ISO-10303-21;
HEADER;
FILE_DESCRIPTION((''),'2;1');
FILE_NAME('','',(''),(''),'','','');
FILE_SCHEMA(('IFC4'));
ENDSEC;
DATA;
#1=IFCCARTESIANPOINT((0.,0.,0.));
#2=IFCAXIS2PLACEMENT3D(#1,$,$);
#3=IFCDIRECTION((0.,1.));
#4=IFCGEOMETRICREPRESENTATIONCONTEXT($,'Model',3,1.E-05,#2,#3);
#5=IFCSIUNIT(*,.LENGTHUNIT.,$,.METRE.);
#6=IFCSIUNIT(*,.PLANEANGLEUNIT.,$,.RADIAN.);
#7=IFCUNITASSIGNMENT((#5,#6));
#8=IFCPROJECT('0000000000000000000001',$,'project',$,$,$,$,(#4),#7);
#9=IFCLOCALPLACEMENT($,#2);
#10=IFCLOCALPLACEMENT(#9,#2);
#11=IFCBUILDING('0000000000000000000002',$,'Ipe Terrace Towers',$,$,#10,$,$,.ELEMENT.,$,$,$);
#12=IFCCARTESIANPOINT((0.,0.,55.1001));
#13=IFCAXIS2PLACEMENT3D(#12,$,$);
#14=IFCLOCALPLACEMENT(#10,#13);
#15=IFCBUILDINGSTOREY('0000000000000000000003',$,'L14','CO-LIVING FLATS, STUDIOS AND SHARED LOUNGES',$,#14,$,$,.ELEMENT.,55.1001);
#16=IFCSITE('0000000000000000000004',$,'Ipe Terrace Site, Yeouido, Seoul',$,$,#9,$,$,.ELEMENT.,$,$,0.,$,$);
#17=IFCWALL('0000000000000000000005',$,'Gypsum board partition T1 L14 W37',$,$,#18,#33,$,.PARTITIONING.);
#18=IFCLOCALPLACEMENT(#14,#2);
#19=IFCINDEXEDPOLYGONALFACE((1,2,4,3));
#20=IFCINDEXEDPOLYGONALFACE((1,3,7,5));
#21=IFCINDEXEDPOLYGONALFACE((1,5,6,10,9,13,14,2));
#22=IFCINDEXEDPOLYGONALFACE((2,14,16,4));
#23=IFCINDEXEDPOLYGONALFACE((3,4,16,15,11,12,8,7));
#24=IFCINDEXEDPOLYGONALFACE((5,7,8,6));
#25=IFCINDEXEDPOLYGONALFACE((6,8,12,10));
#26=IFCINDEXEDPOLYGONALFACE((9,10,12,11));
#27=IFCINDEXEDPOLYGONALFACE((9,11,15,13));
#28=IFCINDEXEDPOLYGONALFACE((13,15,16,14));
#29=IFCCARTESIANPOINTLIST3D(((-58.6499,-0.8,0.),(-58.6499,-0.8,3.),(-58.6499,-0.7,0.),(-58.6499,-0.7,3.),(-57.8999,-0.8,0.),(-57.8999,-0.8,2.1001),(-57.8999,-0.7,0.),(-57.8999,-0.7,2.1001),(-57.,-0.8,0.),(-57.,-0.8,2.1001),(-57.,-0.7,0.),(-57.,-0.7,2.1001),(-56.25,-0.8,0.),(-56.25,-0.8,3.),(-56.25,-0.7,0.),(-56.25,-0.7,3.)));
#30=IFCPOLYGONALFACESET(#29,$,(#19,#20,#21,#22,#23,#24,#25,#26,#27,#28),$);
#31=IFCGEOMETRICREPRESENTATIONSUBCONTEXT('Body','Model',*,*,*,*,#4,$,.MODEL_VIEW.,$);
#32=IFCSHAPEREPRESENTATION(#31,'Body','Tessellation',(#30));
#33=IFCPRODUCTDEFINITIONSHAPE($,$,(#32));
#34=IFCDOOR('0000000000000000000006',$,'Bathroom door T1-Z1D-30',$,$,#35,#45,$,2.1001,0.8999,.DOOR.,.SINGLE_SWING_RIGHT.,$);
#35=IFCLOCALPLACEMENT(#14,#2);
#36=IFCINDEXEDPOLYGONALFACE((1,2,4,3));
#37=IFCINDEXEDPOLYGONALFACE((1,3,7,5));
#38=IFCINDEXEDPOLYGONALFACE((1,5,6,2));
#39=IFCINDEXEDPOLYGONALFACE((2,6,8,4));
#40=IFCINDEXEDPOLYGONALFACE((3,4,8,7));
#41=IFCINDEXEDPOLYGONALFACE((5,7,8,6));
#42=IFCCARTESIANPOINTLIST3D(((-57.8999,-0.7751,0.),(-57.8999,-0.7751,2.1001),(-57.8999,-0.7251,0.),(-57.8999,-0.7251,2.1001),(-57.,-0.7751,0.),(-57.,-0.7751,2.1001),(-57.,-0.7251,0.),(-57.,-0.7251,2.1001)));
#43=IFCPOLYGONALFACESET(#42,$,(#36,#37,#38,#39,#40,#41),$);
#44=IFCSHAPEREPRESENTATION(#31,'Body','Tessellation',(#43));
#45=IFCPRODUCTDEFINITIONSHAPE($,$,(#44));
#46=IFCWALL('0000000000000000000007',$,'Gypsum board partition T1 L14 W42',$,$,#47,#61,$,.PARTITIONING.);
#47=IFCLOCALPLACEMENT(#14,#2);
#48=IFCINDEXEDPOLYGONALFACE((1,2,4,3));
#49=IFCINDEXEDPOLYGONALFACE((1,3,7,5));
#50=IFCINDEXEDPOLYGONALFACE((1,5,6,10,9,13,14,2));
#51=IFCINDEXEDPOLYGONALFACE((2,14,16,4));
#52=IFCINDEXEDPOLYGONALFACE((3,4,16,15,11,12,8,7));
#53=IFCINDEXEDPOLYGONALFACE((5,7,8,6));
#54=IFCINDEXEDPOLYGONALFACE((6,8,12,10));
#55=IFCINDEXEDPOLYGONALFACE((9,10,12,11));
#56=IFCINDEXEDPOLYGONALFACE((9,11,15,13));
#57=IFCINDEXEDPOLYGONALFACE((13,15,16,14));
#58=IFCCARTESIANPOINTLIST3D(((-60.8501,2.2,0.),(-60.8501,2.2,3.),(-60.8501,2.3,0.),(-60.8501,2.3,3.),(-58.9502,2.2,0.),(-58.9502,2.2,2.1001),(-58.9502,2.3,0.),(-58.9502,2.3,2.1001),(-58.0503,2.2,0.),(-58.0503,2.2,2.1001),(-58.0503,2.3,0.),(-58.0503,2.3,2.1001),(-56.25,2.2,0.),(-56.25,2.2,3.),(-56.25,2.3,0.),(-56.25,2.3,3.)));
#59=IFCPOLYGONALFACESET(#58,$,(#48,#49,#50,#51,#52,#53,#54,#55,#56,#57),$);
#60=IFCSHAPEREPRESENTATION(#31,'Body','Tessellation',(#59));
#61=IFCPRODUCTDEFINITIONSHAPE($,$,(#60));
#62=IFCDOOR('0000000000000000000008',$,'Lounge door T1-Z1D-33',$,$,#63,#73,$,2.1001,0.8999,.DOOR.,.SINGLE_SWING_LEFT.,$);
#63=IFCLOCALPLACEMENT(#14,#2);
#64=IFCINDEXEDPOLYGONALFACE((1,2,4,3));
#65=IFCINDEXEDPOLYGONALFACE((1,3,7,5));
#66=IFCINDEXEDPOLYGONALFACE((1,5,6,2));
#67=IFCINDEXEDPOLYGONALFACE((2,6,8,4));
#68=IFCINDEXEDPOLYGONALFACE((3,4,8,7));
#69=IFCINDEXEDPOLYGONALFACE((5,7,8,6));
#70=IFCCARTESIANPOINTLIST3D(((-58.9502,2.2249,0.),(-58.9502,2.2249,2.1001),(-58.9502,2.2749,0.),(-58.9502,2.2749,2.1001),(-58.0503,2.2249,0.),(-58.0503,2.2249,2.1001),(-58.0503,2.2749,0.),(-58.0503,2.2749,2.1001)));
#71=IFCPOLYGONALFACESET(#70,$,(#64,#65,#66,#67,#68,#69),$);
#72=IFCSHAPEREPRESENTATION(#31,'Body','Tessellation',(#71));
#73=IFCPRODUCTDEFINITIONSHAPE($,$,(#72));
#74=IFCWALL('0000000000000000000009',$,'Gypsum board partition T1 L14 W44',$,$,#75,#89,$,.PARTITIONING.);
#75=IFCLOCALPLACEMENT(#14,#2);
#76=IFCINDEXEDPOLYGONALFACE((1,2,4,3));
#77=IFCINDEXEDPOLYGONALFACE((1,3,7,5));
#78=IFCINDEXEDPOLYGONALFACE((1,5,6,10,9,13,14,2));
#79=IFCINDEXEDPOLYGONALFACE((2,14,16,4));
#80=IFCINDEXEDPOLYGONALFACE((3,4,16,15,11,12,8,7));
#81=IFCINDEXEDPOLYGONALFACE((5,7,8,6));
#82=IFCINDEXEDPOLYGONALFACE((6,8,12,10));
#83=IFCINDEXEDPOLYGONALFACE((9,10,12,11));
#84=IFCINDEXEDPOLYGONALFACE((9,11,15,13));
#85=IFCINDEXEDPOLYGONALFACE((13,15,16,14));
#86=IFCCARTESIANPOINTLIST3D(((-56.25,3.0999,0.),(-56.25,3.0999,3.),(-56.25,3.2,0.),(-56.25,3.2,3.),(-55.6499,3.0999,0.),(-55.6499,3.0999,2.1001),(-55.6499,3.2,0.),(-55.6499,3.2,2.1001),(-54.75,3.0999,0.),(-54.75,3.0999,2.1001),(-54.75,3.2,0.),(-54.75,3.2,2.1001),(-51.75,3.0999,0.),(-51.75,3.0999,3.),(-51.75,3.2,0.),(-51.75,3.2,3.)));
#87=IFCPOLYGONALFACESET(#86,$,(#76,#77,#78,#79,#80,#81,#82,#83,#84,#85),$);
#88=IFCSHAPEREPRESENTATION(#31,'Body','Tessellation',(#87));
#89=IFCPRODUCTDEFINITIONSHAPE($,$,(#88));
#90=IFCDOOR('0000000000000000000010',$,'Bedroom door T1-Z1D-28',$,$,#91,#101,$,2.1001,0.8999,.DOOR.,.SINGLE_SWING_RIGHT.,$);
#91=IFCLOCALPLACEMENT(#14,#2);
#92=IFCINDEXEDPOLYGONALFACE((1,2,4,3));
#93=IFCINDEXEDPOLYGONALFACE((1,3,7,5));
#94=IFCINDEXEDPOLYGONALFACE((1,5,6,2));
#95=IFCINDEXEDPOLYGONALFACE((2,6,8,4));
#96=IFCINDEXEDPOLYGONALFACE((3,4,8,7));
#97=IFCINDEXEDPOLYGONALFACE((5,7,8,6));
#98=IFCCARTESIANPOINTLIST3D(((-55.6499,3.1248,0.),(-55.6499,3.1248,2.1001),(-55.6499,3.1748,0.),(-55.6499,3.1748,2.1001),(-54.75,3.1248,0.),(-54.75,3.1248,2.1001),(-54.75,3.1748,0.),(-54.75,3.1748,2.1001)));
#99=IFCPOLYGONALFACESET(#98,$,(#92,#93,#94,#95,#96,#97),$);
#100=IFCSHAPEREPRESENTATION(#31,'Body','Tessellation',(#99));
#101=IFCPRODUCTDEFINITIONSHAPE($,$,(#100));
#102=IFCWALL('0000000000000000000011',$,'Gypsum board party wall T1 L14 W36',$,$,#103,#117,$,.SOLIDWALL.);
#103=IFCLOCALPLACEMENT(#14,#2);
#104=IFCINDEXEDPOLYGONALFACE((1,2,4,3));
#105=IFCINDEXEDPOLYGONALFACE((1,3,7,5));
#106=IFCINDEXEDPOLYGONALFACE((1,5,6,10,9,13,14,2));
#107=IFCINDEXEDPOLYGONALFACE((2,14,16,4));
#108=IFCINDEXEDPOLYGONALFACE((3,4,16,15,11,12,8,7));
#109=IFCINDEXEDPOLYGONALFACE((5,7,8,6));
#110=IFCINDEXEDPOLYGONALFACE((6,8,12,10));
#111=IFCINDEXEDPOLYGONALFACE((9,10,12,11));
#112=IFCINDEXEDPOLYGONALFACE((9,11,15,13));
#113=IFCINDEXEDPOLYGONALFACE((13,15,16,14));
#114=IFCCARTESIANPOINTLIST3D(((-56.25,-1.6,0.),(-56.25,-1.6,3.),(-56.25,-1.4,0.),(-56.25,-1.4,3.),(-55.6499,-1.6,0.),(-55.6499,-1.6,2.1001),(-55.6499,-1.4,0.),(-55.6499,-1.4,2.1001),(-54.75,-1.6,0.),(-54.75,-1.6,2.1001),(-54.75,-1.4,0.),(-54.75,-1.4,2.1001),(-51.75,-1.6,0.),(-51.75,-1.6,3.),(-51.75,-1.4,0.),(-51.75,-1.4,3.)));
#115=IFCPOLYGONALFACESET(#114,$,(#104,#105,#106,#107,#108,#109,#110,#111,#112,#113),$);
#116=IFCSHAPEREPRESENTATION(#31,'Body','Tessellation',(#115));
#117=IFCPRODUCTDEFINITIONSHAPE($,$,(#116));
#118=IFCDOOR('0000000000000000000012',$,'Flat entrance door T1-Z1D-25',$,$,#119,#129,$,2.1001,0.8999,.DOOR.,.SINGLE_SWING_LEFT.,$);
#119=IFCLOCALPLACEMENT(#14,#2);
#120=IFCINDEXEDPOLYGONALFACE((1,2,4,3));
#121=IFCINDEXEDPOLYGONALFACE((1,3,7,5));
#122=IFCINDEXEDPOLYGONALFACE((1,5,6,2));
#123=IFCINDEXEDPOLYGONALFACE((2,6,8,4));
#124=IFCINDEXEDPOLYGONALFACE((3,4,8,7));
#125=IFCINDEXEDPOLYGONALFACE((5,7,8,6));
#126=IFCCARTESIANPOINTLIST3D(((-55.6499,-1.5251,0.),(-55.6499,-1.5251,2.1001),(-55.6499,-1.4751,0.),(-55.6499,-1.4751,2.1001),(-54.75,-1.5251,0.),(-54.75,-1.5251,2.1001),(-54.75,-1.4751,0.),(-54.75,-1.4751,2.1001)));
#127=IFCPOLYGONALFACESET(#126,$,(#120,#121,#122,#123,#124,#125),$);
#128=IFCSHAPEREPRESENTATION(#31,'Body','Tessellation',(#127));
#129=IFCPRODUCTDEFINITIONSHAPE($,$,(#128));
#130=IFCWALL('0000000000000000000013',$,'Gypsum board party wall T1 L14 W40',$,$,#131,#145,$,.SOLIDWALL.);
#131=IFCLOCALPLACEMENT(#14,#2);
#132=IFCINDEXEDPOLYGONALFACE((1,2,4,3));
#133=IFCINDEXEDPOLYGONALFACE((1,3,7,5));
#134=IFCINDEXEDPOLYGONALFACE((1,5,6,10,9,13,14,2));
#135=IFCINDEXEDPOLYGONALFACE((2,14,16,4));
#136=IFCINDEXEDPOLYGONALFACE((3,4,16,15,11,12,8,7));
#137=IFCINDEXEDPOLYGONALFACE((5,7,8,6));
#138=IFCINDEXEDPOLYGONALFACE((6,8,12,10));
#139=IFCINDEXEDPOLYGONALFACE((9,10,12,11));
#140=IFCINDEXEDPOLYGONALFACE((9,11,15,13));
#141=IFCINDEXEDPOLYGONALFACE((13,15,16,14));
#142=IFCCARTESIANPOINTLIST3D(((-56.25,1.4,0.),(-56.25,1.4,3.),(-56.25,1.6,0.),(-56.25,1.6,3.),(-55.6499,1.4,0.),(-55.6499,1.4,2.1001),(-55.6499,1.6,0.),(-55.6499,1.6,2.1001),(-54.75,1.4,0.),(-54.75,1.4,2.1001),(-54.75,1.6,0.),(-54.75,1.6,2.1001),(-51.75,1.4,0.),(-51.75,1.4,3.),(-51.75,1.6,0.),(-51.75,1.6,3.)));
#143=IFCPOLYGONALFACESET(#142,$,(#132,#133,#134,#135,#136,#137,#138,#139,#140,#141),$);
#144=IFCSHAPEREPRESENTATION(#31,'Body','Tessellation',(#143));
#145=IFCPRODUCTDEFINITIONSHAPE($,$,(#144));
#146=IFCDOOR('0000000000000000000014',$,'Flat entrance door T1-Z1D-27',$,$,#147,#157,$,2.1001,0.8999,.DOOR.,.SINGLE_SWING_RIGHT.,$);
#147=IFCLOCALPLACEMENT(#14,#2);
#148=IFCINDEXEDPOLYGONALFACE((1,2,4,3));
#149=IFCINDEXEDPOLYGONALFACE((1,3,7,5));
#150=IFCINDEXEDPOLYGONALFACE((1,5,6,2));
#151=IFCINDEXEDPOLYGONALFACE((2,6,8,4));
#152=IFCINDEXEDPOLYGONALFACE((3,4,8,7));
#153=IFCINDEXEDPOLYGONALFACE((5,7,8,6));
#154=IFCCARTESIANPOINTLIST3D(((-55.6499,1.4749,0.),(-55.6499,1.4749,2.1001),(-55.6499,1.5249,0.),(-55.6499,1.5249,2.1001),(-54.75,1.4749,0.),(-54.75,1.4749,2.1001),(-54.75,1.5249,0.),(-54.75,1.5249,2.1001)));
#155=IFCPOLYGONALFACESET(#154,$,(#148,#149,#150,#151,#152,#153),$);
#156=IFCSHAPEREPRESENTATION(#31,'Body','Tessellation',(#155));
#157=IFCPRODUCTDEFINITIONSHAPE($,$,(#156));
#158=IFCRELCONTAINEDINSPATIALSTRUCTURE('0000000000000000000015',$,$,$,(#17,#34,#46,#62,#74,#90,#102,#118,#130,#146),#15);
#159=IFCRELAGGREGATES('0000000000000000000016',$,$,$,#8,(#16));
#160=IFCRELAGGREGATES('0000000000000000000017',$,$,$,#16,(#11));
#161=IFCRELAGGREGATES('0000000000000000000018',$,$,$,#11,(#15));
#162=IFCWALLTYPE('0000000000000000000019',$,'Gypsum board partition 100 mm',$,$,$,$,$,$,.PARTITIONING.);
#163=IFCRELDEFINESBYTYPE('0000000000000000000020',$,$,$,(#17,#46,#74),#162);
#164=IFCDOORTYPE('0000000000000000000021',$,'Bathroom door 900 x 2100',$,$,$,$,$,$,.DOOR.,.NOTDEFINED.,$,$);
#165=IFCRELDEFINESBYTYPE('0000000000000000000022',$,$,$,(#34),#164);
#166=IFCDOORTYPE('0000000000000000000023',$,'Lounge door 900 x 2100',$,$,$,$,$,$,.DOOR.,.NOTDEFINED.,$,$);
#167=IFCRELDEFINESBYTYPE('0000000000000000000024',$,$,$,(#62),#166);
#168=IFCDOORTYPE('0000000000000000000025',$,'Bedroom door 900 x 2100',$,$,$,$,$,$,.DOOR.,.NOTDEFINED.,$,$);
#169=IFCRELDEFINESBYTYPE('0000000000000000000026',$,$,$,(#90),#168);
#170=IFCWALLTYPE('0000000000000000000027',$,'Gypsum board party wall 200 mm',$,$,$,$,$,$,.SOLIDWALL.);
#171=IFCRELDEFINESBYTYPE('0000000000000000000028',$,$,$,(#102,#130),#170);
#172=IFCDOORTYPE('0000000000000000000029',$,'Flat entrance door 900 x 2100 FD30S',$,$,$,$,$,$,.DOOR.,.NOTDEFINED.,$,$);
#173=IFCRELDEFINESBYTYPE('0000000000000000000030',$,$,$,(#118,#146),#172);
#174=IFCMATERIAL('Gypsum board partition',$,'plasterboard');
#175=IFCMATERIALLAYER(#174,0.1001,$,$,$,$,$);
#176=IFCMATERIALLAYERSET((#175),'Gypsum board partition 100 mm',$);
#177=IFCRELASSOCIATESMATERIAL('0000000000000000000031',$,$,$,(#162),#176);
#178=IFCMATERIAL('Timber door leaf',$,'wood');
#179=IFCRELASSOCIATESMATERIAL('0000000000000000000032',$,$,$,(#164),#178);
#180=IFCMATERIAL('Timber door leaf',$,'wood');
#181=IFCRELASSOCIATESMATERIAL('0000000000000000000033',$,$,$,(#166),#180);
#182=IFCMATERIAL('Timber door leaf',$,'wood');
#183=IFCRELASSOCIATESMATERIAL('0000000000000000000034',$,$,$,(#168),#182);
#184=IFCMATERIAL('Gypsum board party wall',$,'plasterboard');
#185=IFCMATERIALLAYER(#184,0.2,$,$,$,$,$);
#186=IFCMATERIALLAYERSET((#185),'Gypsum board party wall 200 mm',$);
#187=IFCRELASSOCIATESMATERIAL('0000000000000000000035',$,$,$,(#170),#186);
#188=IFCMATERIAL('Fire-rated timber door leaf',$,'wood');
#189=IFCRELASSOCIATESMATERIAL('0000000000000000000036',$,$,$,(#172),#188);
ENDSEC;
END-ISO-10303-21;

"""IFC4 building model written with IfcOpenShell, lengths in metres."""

from ifc_helpers import new_model, si_unit, direction, frame, frame_2d, origin, place, context, subcontext, project, spatial, rectangle, extrude, material, layer, layer_set, type_object, element, fill, save


model = new_model("IFC4")

# Units and contexts
model_context = context("Model", 3, precision=1e-05, world=origin(), true_north=direction((0.0, 1.0)))
body_context = subcontext(model_context, "Body", "Model", "MODEL_VIEW")
ifc_project = project(units=[si_unit("LENGTHUNIT", "METRE"), si_unit("PLANEANGLEUNIT", "RADIAN")], contexts=[model_context])

# Site, building, storey
site_placement = place(None, origin())
site = spatial("IfcSite", under=ifc_project, at=site_placement, Name="Ipe Terrace Site, Yeouido, Seoul", CompositionType="ELEMENT", RefElevation=0.0)
building_placement = place(site_placement, origin())
building = spatial("IfcBuilding", under=site, at=building_placement, Name="Ipe Terrace Towers", CompositionType="ELEMENT")
storey_placement = place(building_placement, frame((0.0, 0.0, 55.1001)))
storey = spatial("IfcBuildingStorey", under=building, at=storey_placement, Name="L14", Description="CO-LIVING FLATS, STUDIOS AND SHARED LOUNGES", CompositionType="ELEMENT", Elevation=55.1001)

# Walls, openings, doors
ifc_material_1 = material(Name="Gypsum board partition", Category="plasterboard")
ifc_layer_1 = layer(ifc_material_1, 0.1001)
ifc_layer_set_1 = layer_set([ifc_layer_1], Name="Gypsum board partition 100 mm")
wall_type_1 = type_object("IfcWallType", Name="Gypsum board partition 100 mm", PredefinedType="PARTITIONING", material=ifc_layer_set_1)
wall_1_placement = place(storey_placement, frame((-58.6499, -0.75, 0.0), z_axis=(0.0, 0.0, 1.0), x_axis=(1.0, 0.0, 0.0)))
wall_1 = element("IfcWall", 1, at=wall_1_placement, inside=storey, type_object=wall_type_1, Name="Gypsum board partition T1 L14 W37", PredefinedType="PARTITIONING", context=body_context, shape_type="SweptSolid", body=[
    extrude(rectangle(XDim=2.3999, YDim=0.1001, at=frame_2d((1.2, 0.0))), origin(), (0.0, 0.0, 1.0), 3.0),
])
opening_1_placement = place(wall_1_placement, frame((0.75, 0.0, 0.0)))
opening_1 = element("IfcOpeningElement", 2, at=opening_1_placement, cuts=wall_1, PredefinedType="OPENING", context=body_context, shape_type="SweptSolid", body=[
    extrude(rectangle(XDim=0.8999, YDim=2.1001, at=frame_2d((0.45, 1.05))), frame((0.0, 0.0601, 0.0), z_axis=(0.0, -1.0, 0.0), x_axis=(1.0, 0.0, 0.0)), (0.0, 0.0, 1.0), 0.1201),
])
ifc_material_2 = material(Name="Timber door leaf", Category="wood")
door_type_1 = type_object("IfcDoorType", Name="Bathroom door 900 x 2100", OperationType="NOTDEFINED", PredefinedType="DOOR", material=ifc_material_2)
door_1_placement = place(opening_1_placement, origin())
door_1 = element("IfcDoor", 3, at=door_1_placement, inside=storey, type_object=door_type_1, Name="Bathroom door T1-Z1D-30", OperationType="SINGLE_SWING_RIGHT", OverallHeight=2.1001, OverallWidth=0.8999, PredefinedType="DOOR", context=body_context, shape_type="SweptSolid", body=[
    extrude(rectangle(XDim=0.8999, YDim=2.1001, at=frame_2d((0.45, 1.05))), frame((0.0, 0.0249, 0.0), z_axis=(0.0, -1.0, 0.0), x_axis=(1.0, 0.0, 0.0)), (0.0, 0.0, 1.0), 0.05),
])
fill(opening_1, door_1)
wall_2_placement = place(storey_placement, frame((-60.8501, 2.25, 0.0), z_axis=(0.0, 0.0, 1.0), x_axis=(1.0, 0.0, 0.0)))
wall_2 = element("IfcWall", 4, at=wall_2_placement, inside=storey, type_object=wall_type_1, Name="Gypsum board partition T1 L14 W42", PredefinedType="PARTITIONING", context=body_context, shape_type="SweptSolid", body=[
    extrude(rectangle(XDim=4.6001, YDim=0.1001, at=frame_2d((2.3, 0.0))), origin(), (0.0, 0.0, 1.0), 3.0),
])
opening_2_placement = place(wall_2_placement, frame((1.8999, 0.0, 0.0)))
opening_2 = element("IfcOpeningElement", 5, at=opening_2_placement, cuts=wall_2, PredefinedType="OPENING", context=body_context, shape_type="SweptSolid", body=[
    extrude(rectangle(XDim=0.8999, YDim=2.1001, at=frame_2d((0.45, 1.05))), frame((0.0, 0.0601, 0.0), z_axis=(0.0, -1.0, 0.0), x_axis=(1.0, 0.0, 0.0)), (0.0, 0.0, 1.0), 0.1201),
])
ifc_material_3 = material(Name="Timber door leaf", Category="wood")
door_type_2 = type_object("IfcDoorType", Name="Lounge door 900 x 2100", OperationType="NOTDEFINED", PredefinedType="DOOR", material=ifc_material_3)
door_2_placement = place(opening_2_placement, origin())
door_2 = element("IfcDoor", 6, at=door_2_placement, inside=storey, type_object=door_type_2, Name="Lounge door T1-Z1D-33", OperationType="SINGLE_SWING_LEFT", OverallHeight=2.1001, OverallWidth=0.8999, PredefinedType="DOOR", context=body_context, shape_type="SweptSolid", body=[
    extrude(rectangle(XDim=0.8999, YDim=2.1001, at=frame_2d((0.45, 1.05))), frame((0.0, 0.0249, 0.0), z_axis=(0.0, -1.0, 0.0), x_axis=(1.0, 0.0, 0.0)), (0.0, 0.0, 1.0), 0.05),
])
fill(opening_2, door_2)
wall_3_placement = place(storey_placement, frame((-56.25, 3.1499, 0.0), z_axis=(0.0, 0.0, 1.0), x_axis=(1.0, 0.0, 0.0)))
wall_3 = element("IfcWall", 7, at=wall_3_placement, inside=storey, type_object=wall_type_1, Name="Gypsum board partition T1 L14 W44", PredefinedType="PARTITIONING", context=body_context, shape_type="SweptSolid", body=[
    extrude(rectangle(XDim=4.5, YDim=0.1001, at=frame_2d((2.25, 0.0))), origin(), (0.0, 0.0, 1.0), 3.0),
])
opening_3_placement = place(wall_3_placement, frame((0.6001, 0.0, 0.0)))
opening_3 = element("IfcOpeningElement", 8, at=opening_3_placement, cuts=wall_3, PredefinedType="OPENING", context=body_context, shape_type="SweptSolid", body=[
    extrude(rectangle(XDim=0.8999, YDim=2.1001, at=frame_2d((0.45, 1.05))), frame((0.0, 0.0601, 0.0), z_axis=(0.0, -1.0, 0.0), x_axis=(1.0, 0.0, 0.0)), (0.0, 0.0, 1.0), 0.1201),
])
ifc_material_4 = material(Name="Timber door leaf", Category="wood")
door_type_3 = type_object("IfcDoorType", Name="Bedroom door 900 x 2100", OperationType="NOTDEFINED", PredefinedType="DOOR", material=ifc_material_4)
door_3_placement = place(opening_3_placement, origin())
door_3 = element("IfcDoor", 9, at=door_3_placement, inside=storey, type_object=door_type_3, Name="Bedroom door T1-Z1D-28", OperationType="SINGLE_SWING_RIGHT", OverallHeight=2.1001, OverallWidth=0.8999, PredefinedType="DOOR", context=body_context, shape_type="SweptSolid", body=[
    extrude(rectangle(XDim=0.8999, YDim=2.1001, at=frame_2d((0.45, 1.05))), frame((0.0, 0.0249, 0.0), z_axis=(0.0, -1.0, 0.0), x_axis=(1.0, 0.0, 0.0)), (0.0, 0.0, 1.0), 0.05),
])
fill(opening_3, door_3)
ifc_material_5 = material(Name="Gypsum board party wall", Category="plasterboard")
ifc_layer_2 = layer(ifc_material_5, 0.2)
ifc_layer_set_2 = layer_set([ifc_layer_2], Name="Gypsum board party wall 200 mm")
wall_type_2 = type_object("IfcWallType", Name="Gypsum board party wall 200 mm", PredefinedType="SOLIDWALL", material=ifc_layer_set_2)
wall_4_placement = place(storey_placement, frame((-56.25, -1.5, 0.0), z_axis=(0.0, 0.0, 1.0), x_axis=(1.0, 0.0, 0.0)))
wall_4 = element("IfcWall", 10, at=wall_4_placement, inside=storey, type_object=wall_type_2, Name="Gypsum board party wall T1 L14 W36", PredefinedType="SOLIDWALL", context=body_context, shape_type="SweptSolid", body=[
    extrude(rectangle(XDim=4.5, YDim=0.2, at=frame_2d((2.25, 0.0))), origin(), (0.0, 0.0, 1.0), 3.0),
])
opening_4_placement = place(wall_4_placement, frame((0.6001, 0.0, 0.0)))
opening_4 = element("IfcOpeningElement", 11, at=opening_4_placement, cuts=wall_4, PredefinedType="OPENING", context=body_context, shape_type="SweptSolid", body=[
    extrude(rectangle(XDim=0.8999, YDim=2.1001, at=frame_2d((0.45, 1.05))), frame((0.0, 0.1099, 0.0), z_axis=(0.0, -1.0, 0.0), x_axis=(1.0, 0.0, 0.0)), (0.0, 0.0, 1.0), 0.22),
])
ifc_material_6 = material(Name="Fire-rated timber door leaf", Category="wood")
door_type_4 = type_object("IfcDoorType", Name="Flat entrance door 900 x 2100 FD30S", OperationType="NOTDEFINED", PredefinedType="DOOR", material=ifc_material_6)
door_4_placement = place(opening_4_placement, origin())
door_4 = element("IfcDoor", 12, at=door_4_placement, inside=storey, type_object=door_type_4, Name="Flat entrance door T1-Z1D-25", OperationType="SINGLE_SWING_LEFT", OverallHeight=2.1001, OverallWidth=0.8999, PredefinedType="DOOR", context=body_context, shape_type="SweptSolid", body=[
    extrude(rectangle(XDim=0.8999, YDim=2.1001, at=frame_2d((0.45, 1.05))), frame((0.0, 0.0249, 0.0), z_axis=(0.0, -1.0, 0.0), x_axis=(1.0, 0.0, 0.0)), (0.0, 0.0, 1.0), 0.05),
])
fill(opening_4, door_4)
wall_5_placement = place(storey_placement, frame((-56.25, 1.5, 0.0), z_axis=(0.0, 0.0, 1.0), x_axis=(1.0, 0.0, 0.0)))
wall_5 = element("IfcWall", 13, at=wall_5_placement, inside=storey, type_object=wall_type_2, Name="Gypsum board party wall T1 L14 W40", PredefinedType="SOLIDWALL", context=body_context, shape_type="SweptSolid", body=[
    extrude(rectangle(XDim=4.5, YDim=0.2, at=frame_2d((2.25, 0.0))), origin(), (0.0, 0.0, 1.0), 3.0),
])
opening_5_placement = place(wall_5_placement, frame((0.6001, 0.0, 0.0)))
opening_5 = element("IfcOpeningElement", 14, at=opening_5_placement, cuts=wall_5, PredefinedType="OPENING", context=body_context, shape_type="SweptSolid", body=[
    extrude(rectangle(XDim=0.8999, YDim=2.1001, at=frame_2d((0.45, 1.05))), frame((0.0, 0.1099, 0.0), z_axis=(0.0, -1.0, 0.0), x_axis=(1.0, 0.0, 0.0)), (0.0, 0.0, 1.0), 0.22),
])
door_5_placement = place(opening_5_placement, origin())
door_5 = element("IfcDoor", 15, at=door_5_placement, inside=storey, type_object=door_type_4, Name="Flat entrance door T1-Z1D-27", OperationType="SINGLE_SWING_RIGHT", OverallHeight=2.1001, OverallWidth=0.8999, PredefinedType="DOOR", context=body_context, shape_type="SweptSolid", body=[
    extrude(rectangle(XDim=0.8999, YDim=2.1001, at=frame_2d((0.45, 1.05))), frame((0.0, 0.0249, 0.0), z_axis=(0.0, -1.0, 0.0), x_axis=(1.0, 0.0, 0.0)), (0.0, 0.0, 1.0), 0.05),
])
fill(opening_5, door_5)

save(model, "model.ifc")
